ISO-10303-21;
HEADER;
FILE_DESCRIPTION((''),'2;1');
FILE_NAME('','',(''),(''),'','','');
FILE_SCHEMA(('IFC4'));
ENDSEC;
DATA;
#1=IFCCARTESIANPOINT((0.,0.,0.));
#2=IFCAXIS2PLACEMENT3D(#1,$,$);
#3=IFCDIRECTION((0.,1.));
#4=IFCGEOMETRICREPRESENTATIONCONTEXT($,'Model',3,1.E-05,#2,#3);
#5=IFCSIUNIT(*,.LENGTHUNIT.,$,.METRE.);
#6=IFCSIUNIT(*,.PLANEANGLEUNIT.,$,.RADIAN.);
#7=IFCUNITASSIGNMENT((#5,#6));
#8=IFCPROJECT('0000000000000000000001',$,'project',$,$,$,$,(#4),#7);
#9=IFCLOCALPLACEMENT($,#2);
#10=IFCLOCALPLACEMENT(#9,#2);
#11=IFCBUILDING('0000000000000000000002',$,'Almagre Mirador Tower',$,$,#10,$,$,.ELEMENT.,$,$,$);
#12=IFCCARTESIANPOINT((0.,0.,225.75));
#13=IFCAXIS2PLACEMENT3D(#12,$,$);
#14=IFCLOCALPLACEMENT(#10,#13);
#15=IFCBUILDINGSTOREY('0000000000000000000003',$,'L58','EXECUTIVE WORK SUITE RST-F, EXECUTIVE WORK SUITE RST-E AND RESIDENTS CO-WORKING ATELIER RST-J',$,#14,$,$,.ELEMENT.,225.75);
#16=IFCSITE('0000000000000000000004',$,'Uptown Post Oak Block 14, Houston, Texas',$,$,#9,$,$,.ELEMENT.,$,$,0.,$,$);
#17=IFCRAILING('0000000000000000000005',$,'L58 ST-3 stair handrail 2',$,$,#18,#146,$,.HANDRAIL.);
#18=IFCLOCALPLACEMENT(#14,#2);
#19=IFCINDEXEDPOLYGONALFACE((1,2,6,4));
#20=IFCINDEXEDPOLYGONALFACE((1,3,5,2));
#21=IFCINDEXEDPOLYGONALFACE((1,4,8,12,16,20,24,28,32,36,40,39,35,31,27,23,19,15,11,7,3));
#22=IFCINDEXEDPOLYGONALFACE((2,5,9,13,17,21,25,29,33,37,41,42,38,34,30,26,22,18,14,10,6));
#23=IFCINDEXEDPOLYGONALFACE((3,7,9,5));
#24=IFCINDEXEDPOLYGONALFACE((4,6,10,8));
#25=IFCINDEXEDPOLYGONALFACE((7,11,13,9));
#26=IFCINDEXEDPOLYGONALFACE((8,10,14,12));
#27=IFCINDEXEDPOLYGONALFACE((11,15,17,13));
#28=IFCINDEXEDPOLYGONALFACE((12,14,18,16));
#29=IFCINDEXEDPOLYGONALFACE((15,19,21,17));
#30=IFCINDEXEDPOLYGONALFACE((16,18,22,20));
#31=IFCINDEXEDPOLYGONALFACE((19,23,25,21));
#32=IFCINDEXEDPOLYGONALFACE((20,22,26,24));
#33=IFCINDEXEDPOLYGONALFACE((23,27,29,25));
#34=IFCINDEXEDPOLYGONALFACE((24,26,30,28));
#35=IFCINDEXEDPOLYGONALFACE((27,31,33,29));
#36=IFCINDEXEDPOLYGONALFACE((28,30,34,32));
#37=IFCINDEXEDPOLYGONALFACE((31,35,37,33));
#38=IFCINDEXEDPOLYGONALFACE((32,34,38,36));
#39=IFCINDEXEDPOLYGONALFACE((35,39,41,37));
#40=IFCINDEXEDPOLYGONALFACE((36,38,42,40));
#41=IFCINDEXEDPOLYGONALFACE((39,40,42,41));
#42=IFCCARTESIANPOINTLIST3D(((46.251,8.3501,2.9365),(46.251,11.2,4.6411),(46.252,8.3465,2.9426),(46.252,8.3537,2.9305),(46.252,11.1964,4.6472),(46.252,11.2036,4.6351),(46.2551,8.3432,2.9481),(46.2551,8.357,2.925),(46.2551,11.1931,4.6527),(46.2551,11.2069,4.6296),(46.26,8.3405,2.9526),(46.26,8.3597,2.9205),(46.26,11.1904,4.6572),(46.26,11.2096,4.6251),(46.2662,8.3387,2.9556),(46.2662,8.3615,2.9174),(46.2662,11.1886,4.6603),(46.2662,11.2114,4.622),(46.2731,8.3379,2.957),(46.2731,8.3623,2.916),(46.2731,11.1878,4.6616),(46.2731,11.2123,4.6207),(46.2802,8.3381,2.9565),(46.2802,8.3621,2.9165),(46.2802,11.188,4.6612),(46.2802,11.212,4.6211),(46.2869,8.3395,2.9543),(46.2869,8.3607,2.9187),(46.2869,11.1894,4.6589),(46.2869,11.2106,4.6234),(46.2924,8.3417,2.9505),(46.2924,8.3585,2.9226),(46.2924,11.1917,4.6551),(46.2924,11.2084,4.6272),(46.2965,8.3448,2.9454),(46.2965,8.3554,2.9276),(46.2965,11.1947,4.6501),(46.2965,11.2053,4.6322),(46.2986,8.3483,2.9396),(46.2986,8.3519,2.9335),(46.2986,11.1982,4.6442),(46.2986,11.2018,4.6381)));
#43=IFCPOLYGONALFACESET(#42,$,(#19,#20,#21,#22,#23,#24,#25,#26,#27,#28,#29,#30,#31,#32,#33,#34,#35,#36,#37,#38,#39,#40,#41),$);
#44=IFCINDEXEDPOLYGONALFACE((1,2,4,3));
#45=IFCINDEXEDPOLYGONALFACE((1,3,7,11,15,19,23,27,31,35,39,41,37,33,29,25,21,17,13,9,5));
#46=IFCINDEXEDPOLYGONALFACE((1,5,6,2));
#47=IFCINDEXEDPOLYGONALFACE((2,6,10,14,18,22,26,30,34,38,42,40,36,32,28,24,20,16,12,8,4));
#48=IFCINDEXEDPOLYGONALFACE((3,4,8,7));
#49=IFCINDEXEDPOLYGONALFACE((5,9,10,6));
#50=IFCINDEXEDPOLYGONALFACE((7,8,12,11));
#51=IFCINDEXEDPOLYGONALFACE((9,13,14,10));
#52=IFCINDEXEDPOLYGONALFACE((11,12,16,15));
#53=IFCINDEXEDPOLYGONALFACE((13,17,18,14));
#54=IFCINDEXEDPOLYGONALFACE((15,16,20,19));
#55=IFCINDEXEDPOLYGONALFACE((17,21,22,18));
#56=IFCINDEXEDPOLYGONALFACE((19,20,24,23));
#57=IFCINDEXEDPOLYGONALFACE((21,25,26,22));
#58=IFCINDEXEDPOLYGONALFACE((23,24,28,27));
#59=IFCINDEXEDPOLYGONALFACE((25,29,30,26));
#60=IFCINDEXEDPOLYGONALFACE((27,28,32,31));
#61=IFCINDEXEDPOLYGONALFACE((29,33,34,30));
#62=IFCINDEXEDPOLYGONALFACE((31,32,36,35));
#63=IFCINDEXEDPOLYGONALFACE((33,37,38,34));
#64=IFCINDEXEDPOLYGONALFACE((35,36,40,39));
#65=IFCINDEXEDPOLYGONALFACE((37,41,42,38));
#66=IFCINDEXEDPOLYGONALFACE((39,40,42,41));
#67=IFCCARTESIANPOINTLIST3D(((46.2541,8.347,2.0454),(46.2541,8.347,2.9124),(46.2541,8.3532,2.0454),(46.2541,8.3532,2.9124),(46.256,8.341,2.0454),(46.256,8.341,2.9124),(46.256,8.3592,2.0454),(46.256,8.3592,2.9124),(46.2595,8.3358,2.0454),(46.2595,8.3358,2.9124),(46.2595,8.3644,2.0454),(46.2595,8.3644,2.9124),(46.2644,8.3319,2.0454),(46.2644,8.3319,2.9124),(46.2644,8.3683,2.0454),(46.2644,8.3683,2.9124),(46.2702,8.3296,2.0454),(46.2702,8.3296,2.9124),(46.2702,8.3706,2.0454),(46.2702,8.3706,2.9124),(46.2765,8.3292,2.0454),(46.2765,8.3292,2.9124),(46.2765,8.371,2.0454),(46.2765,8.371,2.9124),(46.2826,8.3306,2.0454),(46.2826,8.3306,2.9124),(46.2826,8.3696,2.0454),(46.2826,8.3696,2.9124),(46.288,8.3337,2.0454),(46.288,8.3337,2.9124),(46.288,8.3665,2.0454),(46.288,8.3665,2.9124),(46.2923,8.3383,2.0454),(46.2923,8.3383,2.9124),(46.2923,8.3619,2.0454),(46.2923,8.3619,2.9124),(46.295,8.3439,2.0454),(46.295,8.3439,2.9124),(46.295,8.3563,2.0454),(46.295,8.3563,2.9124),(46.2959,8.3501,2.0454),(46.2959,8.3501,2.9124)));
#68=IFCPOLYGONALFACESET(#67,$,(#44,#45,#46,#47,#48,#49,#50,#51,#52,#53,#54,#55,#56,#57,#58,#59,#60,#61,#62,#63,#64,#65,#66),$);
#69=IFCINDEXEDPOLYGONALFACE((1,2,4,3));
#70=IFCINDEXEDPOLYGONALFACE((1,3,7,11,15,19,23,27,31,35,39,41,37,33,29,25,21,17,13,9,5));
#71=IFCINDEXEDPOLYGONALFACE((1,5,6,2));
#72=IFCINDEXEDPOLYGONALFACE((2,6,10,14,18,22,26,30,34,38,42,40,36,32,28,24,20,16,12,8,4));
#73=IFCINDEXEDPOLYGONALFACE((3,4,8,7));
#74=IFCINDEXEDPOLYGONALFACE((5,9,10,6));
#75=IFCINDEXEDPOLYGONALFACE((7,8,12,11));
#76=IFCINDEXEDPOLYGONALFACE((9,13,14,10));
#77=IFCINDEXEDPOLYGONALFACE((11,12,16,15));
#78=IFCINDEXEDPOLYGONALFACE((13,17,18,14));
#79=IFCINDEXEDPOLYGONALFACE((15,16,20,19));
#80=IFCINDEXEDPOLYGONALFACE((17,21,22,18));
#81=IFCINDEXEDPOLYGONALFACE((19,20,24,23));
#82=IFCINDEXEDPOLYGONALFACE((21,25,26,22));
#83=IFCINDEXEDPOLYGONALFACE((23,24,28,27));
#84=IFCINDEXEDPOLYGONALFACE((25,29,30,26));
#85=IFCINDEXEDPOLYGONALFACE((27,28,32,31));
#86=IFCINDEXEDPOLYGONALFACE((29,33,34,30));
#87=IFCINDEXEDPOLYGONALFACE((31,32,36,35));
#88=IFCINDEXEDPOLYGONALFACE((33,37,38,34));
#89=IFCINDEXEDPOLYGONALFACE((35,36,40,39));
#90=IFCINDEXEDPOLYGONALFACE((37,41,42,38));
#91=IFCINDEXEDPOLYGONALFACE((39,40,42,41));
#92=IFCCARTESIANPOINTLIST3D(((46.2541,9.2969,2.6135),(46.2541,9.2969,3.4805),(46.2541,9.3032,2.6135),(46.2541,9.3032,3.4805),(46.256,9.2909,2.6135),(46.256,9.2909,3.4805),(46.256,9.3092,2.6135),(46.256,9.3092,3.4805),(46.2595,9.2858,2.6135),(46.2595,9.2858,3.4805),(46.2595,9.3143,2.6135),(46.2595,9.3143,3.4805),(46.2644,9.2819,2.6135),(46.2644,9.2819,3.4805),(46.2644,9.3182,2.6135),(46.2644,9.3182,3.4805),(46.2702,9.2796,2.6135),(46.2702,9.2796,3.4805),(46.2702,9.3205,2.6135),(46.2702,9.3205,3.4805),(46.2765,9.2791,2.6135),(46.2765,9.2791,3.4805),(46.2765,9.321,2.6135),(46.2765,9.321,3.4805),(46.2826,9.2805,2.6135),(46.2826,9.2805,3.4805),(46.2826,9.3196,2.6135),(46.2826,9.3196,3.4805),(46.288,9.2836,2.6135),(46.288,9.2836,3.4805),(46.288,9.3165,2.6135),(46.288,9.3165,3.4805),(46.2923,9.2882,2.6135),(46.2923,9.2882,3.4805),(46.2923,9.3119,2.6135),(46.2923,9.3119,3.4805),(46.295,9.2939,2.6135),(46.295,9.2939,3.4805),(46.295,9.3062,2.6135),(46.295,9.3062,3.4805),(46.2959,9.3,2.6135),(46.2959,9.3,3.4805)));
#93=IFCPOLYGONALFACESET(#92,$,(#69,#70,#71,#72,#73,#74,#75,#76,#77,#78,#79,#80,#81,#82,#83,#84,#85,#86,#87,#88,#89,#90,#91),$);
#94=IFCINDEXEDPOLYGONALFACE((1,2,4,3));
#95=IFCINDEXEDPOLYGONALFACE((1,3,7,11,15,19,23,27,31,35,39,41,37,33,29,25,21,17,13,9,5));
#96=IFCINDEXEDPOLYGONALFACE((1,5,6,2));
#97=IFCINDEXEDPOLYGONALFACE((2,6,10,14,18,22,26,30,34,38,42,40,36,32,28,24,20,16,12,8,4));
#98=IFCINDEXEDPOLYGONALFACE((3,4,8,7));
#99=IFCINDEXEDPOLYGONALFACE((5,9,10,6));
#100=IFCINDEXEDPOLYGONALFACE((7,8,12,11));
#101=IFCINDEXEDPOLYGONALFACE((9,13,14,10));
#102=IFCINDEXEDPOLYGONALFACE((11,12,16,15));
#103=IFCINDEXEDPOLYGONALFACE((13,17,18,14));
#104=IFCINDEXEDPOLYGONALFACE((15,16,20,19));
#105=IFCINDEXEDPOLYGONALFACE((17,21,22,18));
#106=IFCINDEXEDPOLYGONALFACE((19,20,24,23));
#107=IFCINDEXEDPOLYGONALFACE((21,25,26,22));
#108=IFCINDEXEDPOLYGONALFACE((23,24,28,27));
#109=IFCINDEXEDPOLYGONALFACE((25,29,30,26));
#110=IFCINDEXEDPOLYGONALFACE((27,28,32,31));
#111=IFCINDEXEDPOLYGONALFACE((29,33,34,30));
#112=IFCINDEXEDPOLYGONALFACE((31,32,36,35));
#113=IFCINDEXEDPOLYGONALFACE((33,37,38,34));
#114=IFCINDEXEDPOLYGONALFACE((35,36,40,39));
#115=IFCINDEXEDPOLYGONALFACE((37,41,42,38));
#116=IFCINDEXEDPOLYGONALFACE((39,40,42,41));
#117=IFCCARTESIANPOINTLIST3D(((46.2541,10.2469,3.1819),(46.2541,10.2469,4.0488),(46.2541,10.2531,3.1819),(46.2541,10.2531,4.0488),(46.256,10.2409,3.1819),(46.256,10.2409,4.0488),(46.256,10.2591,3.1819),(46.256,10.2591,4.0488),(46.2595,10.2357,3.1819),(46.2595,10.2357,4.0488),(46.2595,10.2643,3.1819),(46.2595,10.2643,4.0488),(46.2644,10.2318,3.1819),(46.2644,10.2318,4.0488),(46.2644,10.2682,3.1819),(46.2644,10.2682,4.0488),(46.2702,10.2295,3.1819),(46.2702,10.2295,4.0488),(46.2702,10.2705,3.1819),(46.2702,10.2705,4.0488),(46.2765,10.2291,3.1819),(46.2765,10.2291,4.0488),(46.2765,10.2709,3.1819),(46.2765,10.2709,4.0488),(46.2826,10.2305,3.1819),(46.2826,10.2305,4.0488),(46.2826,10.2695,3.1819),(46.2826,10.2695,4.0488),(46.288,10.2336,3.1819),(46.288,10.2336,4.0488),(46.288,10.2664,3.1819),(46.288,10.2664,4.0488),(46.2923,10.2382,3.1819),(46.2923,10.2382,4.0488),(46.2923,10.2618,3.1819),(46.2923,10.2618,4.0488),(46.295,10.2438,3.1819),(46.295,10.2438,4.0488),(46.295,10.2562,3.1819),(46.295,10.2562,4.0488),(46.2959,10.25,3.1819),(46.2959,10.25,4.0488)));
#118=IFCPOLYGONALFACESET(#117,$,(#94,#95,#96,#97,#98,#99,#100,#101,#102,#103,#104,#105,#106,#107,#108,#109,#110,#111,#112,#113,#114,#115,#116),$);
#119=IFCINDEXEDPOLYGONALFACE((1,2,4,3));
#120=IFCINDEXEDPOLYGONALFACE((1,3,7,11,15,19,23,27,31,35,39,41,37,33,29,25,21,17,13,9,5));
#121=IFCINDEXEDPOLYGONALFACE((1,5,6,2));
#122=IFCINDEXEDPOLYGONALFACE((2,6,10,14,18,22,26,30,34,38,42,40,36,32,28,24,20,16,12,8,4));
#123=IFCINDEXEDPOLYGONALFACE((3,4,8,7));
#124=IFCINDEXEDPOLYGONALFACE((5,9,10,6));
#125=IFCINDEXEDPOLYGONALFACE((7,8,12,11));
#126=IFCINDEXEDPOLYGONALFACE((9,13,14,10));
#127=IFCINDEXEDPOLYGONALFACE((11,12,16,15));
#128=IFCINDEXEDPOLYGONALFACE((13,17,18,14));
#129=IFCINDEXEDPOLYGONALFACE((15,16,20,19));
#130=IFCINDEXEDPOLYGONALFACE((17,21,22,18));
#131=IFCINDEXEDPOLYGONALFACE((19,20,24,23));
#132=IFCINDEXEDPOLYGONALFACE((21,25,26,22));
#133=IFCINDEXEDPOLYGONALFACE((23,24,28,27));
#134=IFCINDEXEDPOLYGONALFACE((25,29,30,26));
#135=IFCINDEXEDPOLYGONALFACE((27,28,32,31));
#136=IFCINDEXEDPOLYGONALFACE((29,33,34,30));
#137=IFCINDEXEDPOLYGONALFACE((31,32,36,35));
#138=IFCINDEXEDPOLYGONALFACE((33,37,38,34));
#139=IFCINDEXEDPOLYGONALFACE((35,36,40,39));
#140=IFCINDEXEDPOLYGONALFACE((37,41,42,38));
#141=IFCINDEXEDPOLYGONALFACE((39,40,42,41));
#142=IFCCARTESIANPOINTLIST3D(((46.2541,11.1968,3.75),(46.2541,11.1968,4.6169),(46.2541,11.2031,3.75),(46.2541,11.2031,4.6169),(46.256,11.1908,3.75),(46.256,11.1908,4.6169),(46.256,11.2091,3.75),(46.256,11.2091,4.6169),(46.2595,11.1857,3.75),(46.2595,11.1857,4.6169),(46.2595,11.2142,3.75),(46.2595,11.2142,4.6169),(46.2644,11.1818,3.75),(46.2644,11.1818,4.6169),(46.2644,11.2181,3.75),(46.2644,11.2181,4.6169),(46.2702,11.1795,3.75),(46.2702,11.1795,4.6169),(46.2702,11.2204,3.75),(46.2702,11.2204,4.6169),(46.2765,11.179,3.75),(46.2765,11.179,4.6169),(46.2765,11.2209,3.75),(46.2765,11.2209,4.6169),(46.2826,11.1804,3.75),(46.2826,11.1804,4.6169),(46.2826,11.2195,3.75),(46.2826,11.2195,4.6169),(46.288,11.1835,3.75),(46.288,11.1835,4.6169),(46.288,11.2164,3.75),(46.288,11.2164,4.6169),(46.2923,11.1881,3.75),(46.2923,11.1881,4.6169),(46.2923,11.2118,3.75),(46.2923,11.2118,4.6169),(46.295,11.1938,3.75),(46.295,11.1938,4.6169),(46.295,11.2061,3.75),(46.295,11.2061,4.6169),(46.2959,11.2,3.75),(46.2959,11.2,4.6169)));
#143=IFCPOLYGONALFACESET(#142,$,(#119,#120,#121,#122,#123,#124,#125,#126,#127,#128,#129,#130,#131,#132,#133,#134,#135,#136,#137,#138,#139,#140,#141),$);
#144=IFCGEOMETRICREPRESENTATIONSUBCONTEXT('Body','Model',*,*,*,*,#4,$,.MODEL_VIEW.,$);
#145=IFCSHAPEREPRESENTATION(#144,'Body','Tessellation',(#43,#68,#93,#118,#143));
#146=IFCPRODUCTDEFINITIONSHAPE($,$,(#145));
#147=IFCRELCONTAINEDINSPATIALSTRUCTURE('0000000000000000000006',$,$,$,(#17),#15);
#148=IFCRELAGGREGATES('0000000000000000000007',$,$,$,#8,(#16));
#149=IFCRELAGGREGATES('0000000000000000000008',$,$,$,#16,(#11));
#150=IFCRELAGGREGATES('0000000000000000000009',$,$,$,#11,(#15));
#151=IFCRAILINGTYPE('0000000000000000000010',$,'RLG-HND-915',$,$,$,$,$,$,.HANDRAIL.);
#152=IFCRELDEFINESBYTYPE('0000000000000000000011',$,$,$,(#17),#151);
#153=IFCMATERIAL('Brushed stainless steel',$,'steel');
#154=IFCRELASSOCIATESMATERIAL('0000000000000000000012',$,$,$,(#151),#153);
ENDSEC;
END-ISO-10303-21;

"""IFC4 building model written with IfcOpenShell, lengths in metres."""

from ifc_helpers import new_model, si_unit, direction, frame, origin, origin_2d, place, context, subcontext, project, spatial, circle, extrude, material, type_object, element, save


model = new_model("IFC4")

# Units and contexts
model_context = context("Model", 3, precision=1e-05, world=origin(), true_north=direction((0.0, 1.0)))
body_context = subcontext(model_context, "Body", "Model", "MODEL_VIEW")
ifc_project = project(units=[si_unit("LENGTHUNIT", "METRE"), si_unit("PLANEANGLEUNIT", "RADIAN")], contexts=[model_context])

# Site, building, storey
site_placement = place(None, origin())
site = spatial("IfcSite", under=ifc_project, at=site_placement, Name="Uptown Post Oak Block 14, Houston, Texas", CompositionType="ELEMENT", RefElevation=0.0)
building_placement = place(site_placement, origin())
building = spatial("IfcBuilding", under=site, at=building_placement, Name="Almagre Mirador Tower", CompositionType="ELEMENT")
storey_placement = place(building_placement, frame((0.0, 0.0, 225.75)))
storey = spatial("IfcBuildingStorey", under=building, at=storey_placement, Name="L58", Description="EXECUTIVE WORK SUITE RST-F, EXECUTIVE WORK SUITE RST-E AND RESIDENTS CO-WORKING ATELIER RST-J", CompositionType="ELEMENT", Elevation=225.75)

# Railing
ifc_material_1 = material(Name="Brushed stainless steel", Category="steel")
railing_type = type_object("IfcRailingType", Name="RLG-HND-915", PredefinedType="HANDRAIL", material=ifc_material_1)
railing_placement = place(storey_placement, frame((46.2749, 8.3501, 2.0454)))
element("IfcRailing", 1, at=railing_placement, inside=storey, type_object=railing_type, Name="L58 ST-3 stair handrail 2", PredefinedType="HANDRAIL", context=body_context, shape_type="SweptSolid", body=[
    extrude(circle(Radius=0.0239, at=origin_2d()), frame((0.0, 0.0, 0.8911), z_axis=(0.0, 0.858199, 0.513317), x_axis=(-1.0, 0.0, 0.0)), (0.0, 0.0, 1.0), 3.3208),
    extrude(circle(Radius=0.021, at=origin_2d()), origin(), (0.0, 0.0, 1.0), 0.8669),
    extrude(circle(Radius=0.021, at=origin_2d()), frame((0.0, 0.95, 0.5681)), (0.0, 0.0, 1.0), 0.8669),
    extrude(circle(Radius=0.021, at=origin_2d()), frame((0.0, 1.8999, 1.1365)), (0.0, 0.0, 1.0), 0.8669),
    extrude(circle(Radius=0.021, at=origin_2d()), frame((0.0, 2.8499, 1.7046)), (0.0, 0.0, 1.0), 0.8669),
])

save(model, "model.ifc")
